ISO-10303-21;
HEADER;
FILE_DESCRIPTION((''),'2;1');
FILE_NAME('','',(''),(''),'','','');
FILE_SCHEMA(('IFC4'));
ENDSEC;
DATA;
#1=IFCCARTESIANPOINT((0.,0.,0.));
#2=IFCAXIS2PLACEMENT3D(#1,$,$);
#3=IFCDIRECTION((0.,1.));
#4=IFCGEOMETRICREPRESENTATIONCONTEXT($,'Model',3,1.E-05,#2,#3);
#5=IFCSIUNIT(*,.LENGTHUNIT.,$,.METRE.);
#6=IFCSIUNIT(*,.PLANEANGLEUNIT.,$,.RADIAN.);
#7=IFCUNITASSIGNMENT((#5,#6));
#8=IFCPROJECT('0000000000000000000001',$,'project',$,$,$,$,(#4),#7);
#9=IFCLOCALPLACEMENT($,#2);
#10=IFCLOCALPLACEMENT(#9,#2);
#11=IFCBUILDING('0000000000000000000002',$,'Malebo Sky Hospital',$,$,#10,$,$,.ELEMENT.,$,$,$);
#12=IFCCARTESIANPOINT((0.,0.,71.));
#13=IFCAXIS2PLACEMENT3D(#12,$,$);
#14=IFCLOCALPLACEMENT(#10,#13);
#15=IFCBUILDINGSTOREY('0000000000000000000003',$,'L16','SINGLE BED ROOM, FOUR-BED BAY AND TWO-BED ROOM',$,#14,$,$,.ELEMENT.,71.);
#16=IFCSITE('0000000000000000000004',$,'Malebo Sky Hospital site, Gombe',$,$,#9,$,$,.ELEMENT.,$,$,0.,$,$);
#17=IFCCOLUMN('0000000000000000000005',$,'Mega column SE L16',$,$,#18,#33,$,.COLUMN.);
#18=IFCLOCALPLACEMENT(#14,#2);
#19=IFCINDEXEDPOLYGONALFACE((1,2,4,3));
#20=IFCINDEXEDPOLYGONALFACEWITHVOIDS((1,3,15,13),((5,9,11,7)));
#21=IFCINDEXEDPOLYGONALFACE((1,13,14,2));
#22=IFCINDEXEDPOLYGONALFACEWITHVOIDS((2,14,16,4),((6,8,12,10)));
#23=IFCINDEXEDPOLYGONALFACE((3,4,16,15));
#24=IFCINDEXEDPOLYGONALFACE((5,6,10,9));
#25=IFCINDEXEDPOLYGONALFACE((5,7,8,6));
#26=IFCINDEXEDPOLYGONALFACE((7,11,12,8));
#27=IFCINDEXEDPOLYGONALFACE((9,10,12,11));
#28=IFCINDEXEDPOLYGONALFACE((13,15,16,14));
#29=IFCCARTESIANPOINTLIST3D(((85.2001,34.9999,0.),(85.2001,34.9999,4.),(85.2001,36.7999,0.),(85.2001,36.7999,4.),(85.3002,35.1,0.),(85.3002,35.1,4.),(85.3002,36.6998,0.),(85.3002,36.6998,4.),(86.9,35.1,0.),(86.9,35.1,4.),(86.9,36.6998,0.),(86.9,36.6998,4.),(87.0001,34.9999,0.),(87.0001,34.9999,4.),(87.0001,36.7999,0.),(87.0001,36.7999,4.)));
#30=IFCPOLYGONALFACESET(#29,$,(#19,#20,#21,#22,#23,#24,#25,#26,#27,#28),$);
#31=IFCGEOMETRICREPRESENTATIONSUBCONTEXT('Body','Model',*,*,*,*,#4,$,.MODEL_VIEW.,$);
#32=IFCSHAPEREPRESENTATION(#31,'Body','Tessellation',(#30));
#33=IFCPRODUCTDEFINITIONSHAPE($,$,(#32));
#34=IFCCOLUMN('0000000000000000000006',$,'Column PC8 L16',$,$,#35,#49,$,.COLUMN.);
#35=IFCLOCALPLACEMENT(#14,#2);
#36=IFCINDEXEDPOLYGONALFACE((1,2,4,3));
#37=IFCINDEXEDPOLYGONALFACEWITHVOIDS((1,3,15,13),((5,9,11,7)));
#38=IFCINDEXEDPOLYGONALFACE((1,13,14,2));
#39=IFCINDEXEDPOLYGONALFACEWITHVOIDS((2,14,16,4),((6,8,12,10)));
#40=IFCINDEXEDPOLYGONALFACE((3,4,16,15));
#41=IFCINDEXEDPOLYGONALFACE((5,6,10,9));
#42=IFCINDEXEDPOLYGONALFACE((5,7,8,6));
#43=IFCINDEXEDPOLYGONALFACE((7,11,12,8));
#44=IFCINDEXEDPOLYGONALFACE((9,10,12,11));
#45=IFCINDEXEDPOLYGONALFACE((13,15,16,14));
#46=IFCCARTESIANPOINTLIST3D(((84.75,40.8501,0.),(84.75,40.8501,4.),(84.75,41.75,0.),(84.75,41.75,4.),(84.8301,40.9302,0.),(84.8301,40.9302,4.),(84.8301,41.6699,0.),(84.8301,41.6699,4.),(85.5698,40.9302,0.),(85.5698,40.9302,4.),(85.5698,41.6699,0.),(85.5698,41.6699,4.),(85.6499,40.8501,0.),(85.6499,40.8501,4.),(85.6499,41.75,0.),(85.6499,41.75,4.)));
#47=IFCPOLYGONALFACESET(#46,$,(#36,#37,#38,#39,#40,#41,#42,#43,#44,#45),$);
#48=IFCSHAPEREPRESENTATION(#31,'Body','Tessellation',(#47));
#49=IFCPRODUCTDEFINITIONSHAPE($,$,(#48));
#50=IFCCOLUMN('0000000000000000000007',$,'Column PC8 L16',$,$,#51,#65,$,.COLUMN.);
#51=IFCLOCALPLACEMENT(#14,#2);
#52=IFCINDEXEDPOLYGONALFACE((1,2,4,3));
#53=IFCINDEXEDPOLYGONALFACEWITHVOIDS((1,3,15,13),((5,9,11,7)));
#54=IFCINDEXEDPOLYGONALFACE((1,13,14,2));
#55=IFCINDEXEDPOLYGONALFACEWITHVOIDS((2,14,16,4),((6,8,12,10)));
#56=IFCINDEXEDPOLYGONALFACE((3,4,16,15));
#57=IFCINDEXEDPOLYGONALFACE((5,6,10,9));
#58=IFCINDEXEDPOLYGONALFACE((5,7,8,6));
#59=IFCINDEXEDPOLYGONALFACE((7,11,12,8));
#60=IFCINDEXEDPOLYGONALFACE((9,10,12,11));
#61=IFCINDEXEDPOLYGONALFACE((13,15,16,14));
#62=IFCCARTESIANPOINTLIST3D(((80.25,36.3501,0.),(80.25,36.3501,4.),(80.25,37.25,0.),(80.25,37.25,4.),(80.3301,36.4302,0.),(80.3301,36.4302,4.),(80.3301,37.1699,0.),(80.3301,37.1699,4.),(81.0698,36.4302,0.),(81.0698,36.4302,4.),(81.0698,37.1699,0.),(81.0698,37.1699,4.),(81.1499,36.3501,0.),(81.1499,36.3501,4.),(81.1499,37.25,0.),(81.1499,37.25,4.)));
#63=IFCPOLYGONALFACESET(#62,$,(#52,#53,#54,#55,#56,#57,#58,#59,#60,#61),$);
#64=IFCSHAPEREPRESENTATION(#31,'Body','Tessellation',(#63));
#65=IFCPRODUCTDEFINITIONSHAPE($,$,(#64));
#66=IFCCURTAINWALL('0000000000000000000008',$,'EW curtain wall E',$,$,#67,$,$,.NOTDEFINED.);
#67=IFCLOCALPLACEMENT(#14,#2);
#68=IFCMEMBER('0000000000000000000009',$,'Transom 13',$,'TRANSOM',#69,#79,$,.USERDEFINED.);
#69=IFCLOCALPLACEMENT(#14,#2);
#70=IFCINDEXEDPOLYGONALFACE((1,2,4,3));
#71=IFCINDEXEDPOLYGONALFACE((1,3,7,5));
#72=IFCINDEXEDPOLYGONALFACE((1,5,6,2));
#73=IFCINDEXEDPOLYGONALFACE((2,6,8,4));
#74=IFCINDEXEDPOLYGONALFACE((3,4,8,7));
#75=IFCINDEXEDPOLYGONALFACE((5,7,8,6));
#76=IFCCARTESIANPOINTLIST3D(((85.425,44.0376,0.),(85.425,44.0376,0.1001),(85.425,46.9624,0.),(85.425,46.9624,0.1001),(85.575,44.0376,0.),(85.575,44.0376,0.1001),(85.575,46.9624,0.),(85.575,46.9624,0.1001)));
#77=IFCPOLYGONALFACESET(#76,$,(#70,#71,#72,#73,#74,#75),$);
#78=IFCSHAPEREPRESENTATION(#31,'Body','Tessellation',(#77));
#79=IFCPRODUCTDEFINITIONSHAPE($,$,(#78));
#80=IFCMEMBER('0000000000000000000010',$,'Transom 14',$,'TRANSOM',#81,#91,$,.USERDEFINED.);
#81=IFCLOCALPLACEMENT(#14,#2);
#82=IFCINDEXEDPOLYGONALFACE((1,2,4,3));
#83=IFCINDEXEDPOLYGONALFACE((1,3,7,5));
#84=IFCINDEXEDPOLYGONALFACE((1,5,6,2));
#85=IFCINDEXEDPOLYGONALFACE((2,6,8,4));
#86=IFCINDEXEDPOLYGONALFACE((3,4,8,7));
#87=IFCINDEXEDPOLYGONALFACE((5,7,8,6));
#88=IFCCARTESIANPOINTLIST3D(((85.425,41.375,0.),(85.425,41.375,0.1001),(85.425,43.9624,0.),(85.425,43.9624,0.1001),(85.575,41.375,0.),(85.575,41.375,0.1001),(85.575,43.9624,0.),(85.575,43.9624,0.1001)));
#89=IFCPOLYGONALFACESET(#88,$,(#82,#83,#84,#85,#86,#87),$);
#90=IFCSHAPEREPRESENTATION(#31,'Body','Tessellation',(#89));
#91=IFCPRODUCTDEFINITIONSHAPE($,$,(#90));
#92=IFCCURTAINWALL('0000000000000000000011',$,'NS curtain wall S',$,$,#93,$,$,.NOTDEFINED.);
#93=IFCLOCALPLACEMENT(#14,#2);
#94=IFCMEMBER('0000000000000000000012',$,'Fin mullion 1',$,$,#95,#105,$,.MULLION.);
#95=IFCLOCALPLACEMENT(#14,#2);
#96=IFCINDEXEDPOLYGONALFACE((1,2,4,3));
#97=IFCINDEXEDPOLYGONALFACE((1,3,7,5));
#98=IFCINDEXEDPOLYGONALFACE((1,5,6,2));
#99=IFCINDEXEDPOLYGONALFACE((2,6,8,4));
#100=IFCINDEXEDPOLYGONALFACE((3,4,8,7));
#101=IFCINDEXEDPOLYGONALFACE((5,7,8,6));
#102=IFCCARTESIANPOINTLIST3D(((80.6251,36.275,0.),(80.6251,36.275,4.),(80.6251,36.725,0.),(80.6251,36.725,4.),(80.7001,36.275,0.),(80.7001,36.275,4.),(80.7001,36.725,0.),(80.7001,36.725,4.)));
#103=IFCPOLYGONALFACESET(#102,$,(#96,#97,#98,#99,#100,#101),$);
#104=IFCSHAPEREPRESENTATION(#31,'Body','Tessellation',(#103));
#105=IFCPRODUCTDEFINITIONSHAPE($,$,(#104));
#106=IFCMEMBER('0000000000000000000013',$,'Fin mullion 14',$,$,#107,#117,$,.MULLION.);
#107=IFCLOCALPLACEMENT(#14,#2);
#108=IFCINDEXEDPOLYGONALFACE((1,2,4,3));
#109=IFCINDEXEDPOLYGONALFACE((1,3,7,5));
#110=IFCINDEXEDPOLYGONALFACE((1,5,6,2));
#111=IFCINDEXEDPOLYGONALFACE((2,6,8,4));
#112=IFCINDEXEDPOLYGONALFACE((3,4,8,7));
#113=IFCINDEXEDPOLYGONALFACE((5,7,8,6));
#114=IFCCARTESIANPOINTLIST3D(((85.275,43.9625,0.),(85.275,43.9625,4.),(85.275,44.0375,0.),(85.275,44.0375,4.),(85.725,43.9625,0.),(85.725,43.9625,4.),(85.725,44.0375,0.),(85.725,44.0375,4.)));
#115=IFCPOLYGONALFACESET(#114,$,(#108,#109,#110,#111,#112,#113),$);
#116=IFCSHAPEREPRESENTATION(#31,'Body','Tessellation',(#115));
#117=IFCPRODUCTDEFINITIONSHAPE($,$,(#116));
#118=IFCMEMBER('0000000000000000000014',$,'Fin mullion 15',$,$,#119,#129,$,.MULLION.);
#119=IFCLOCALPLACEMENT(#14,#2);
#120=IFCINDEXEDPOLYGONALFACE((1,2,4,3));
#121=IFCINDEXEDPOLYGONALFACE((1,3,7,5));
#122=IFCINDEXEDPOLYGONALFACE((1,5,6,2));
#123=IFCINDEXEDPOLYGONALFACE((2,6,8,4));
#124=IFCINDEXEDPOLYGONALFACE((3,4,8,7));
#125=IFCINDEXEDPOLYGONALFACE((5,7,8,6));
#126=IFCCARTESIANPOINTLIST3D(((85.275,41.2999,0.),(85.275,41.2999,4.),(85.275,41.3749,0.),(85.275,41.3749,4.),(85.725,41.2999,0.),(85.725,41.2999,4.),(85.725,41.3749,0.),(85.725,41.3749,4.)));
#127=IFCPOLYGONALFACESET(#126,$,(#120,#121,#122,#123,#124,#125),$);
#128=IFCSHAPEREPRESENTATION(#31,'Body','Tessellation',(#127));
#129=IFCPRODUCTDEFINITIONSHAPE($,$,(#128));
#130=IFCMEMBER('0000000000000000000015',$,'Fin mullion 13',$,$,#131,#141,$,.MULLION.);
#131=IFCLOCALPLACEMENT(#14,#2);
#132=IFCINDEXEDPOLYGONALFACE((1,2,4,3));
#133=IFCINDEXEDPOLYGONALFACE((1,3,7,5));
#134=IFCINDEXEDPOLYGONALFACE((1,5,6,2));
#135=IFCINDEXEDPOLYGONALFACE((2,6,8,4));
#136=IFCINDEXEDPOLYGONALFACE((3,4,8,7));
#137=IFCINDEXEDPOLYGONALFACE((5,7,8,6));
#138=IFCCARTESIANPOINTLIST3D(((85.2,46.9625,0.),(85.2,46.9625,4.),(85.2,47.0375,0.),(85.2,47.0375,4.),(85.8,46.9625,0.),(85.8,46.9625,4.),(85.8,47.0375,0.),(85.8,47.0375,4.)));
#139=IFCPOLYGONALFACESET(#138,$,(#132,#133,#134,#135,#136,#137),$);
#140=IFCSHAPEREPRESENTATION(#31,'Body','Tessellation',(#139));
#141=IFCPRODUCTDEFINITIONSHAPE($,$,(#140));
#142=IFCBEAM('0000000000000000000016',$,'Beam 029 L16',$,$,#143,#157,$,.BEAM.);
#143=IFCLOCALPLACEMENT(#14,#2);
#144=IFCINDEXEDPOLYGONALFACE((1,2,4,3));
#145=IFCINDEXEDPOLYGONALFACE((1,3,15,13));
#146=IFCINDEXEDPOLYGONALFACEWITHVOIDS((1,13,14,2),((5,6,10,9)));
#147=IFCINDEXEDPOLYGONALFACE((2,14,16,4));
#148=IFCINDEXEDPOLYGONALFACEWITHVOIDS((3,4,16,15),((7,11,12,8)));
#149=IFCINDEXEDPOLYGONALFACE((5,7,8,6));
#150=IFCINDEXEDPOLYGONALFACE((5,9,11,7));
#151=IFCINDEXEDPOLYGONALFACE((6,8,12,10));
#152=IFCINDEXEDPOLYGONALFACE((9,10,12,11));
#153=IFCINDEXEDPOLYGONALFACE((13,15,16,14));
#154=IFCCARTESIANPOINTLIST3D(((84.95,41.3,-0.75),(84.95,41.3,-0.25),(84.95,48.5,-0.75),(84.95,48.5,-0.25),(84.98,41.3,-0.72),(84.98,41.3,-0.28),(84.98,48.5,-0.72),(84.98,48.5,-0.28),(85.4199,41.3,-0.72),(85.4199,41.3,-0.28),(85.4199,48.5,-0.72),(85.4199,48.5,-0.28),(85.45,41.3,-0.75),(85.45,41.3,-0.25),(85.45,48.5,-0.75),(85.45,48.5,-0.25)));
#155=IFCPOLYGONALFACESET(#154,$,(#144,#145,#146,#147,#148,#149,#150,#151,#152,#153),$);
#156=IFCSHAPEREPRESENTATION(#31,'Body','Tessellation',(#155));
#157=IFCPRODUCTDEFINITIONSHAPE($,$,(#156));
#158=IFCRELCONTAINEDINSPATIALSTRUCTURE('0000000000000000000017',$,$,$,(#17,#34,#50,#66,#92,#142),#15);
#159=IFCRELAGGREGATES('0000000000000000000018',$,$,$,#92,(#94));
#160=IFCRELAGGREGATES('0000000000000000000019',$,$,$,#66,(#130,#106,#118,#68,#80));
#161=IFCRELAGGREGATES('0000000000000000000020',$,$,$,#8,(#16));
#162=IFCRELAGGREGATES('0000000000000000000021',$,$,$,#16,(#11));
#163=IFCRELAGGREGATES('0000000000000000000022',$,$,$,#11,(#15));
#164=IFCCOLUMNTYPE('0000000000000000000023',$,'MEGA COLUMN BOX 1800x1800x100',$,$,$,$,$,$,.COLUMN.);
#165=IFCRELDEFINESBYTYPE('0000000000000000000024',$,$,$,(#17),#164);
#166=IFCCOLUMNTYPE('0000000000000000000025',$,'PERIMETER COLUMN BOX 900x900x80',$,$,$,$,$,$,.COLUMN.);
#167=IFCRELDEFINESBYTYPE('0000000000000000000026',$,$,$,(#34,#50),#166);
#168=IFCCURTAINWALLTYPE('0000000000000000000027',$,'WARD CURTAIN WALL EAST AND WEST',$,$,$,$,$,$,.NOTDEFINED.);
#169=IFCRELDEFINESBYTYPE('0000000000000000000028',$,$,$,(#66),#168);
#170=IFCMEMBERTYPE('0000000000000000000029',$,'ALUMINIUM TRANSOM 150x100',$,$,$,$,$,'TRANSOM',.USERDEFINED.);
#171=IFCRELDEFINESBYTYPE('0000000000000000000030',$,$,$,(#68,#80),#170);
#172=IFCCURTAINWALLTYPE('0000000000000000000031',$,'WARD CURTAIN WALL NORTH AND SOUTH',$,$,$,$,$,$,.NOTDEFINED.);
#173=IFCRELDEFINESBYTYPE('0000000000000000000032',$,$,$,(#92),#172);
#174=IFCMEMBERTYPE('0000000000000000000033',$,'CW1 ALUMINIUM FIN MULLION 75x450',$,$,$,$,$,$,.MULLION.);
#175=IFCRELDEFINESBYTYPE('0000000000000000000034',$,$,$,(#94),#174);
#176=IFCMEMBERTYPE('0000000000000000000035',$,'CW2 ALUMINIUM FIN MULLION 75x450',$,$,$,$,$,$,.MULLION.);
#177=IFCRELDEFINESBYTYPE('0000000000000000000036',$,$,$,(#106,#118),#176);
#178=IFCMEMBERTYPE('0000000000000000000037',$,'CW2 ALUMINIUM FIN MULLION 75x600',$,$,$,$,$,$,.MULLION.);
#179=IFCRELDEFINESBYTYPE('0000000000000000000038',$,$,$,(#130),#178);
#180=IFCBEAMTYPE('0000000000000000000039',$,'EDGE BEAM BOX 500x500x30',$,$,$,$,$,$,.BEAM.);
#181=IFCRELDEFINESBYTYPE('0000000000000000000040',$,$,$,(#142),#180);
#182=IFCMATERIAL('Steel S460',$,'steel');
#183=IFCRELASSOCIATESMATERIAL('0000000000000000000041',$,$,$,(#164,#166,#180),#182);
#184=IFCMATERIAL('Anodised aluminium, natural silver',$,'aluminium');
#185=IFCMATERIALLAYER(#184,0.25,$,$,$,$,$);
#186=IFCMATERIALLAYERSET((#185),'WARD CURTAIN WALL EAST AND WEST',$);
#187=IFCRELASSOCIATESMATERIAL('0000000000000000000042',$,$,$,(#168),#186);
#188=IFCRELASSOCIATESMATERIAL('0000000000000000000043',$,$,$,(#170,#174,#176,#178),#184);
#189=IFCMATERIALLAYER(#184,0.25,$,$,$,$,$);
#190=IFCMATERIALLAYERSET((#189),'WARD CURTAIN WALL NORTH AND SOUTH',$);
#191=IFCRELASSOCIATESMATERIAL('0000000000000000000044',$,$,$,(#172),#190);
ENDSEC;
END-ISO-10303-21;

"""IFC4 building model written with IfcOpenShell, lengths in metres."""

from ifc_helpers import new_model, si_unit, direction, frame, origin, origin_2d, place, context, subcontext, project, spatial, rectangle, hollow_rectangle, extrude, material, layer, layer_set, material_profile, profile_set, type_object, element, aggregate, save


model = new_model("IFC4")

# Units and contexts
model_context = context("Model", 3, precision=1e-05, world=origin(), true_north=direction((0.0, 1.0)))
body_context = subcontext(model_context, "Body", "Model", "MODEL_VIEW")
ifc_project = project(units=[si_unit("LENGTHUNIT", "METRE"), si_unit("PLANEANGLEUNIT", "RADIAN")], contexts=[model_context])

# Site, building, storey
site_placement = place(None, origin())
site = spatial("IfcSite", under=ifc_project, at=site_placement, Name="Malebo Sky Hospital site, Gombe", CompositionType="ELEMENT", RefElevation=0.0)
building_placement = place(site_placement, origin())
building = spatial("IfcBuilding", under=site, at=building_placement, Name="Malebo Sky Hospital", CompositionType="ELEMENT")
storey_placement = place(building_placement, frame((0.0, 0.0, 71.0)))
storey = spatial("IfcBuildingStorey", under=building, at=storey_placement, Name="L16", Description="SINGLE BED ROOM, FOUR-BED BAY AND TWO-BED ROOM", CompositionType="ELEMENT", Elevation=71.0)

# Columns
ifc_material_1 = material(Name="Steel S460", Category="steel")
ifc_material_profile_1 = material_profile(ifc_material_1, hollow_rectangle(XDim=1.8, YDim=1.8, WallThickness=0.1001, at=origin_2d()), Name="BOX 1800x1800x100")
ifc_profile_set_1 = profile_set([ifc_material_profile_1], Name="Steel S460")
column_type_1 = type_object("IfcColumnType", Name="MEGA COLUMN BOX 1800x1800x100", PredefinedType="COLUMN", material=ifc_profile_set_1)
column_placement = place(storey_placement, frame((86.1001, 35.8999, 0.0), z_axis=(0.0, 0.0, 1.0), x_axis=(1.0, 0.0, 0.0)))
element("IfcColumn", 1, at=column_placement, inside=storey, type_object=column_type_1, Name="Mega column SE L16", PredefinedType="COLUMN", context=body_context, shape_type="SweptSolid", body=[
    extrude(hollow_rectangle(XDim=1.8, YDim=1.8, WallThickness=0.1001, at=origin_2d()), origin(), (0.0, 0.0, 1.0), 4.0),
])
ifc_material_profile_2 = material_profile(ifc_material_1, hollow_rectangle(XDim=0.8999, YDim=0.8999, WallThickness=0.0801, at=origin_2d()), Name="BOX 900x900x80")
ifc_profile_set_2 = profile_set([ifc_material_profile_2], Name="Steel S460")
column_type_2 = type_object("IfcColumnType", Name="PERIMETER COLUMN BOX 900x900x80", PredefinedType="COLUMN", material=ifc_profile_set_2)
for number, where, z_axis, x_axis, name in (
    (2, (85.2, 41.3, 0.0), (0.0, 0.0, 1.0), (1.0, 0.0, 0.0), "Column PC8 L16"),
    (3, (80.7, 36.8, 0.0), (0.0, 0.0, 1.0), (1.0, 0.0, 0.0), "Column PC8 L16"),
):
    element("IfcColumn", number, at=place(storey_placement, frame(where, z_axis=z_axis, x_axis=x_axis)), inside=storey, type_object=column_type_2, Name=name, PredefinedType="COLUMN", context=body_context, shape_type="SweptSolid", body=[
        extrude(hollow_rectangle(XDim=0.8999, YDim=0.8999, WallThickness=0.0801, at=origin_2d()), origin(), (0.0, 0.0, 1.0), 4.0),
    ])

# Curtain wall, members
ifc_material_2 = material(Name="Anodised aluminium, natural silver", Category="aluminium")
ifc_layer_1 = layer(ifc_material_2, 0.25)
ifc_layer_set_1 = layer_set([ifc_layer_1], Name="WARD CURTAIN WALL EAST AND WEST")
curtain_wall_type_1 = type_object("IfcCurtainWallType", Name="WARD CURTAIN WALL EAST AND WEST", PredefinedType="NOTDEFINED", material=ifc_layer_set_1)
curtain_wall_1_placement = place(storey_placement, origin())
curtain_wall_1 = element("IfcCurtainWall", 4, at=curtain_wall_1_placement, inside=storey, type_object=curtain_wall_type_1, Name="EW curtain wall E", PredefinedType="NOTDEFINED")
ifc_material_profile_3 = material_profile(ifc_material_2, rectangle(XDim=0.1499, YDim=0.1001, at=origin_2d()), Name="ALUMINIUM TRANSOM 150x100")
ifc_profile_set_3 = profile_set([ifc_material_profile_3], Name="Anodised aluminium, natural silver")
member_type_1 = type_object("IfcMemberType", Name="ALUMINIUM TRANSOM 150x100", ElementType="TRANSOM", PredefinedType="USERDEFINED", material=ifc_profile_set_3)
member_1_placement = place(storey_placement, frame((85.5, 46.9624, 0.05), z_axis=(0.0, -1.0, 0.0), x_axis=(1.0, 0.0, 0.0)))
member_1 = element("IfcMember", 5, at=member_1_placement, type_object=member_type_1, Name="Transom 13", ObjectType="TRANSOM", PredefinedType="USERDEFINED", context=body_context, shape_type="SweptSolid", body=[
    extrude(rectangle(XDim=0.1499, YDim=0.1001, at=origin_2d()), origin(), (0.0, 0.0, 1.0), 2.9248),
])
member_2_placement = place(storey_placement, frame((85.5, 43.9624, 0.05), z_axis=(0.0, -1.0, 0.0), x_axis=(1.0, 0.0, 0.0)))
member_2 = element("IfcMember", 6, at=member_2_placement, type_object=member_type_1, Name="Transom 14", ObjectType="TRANSOM", PredefinedType="USERDEFINED", context=body_context, shape_type="SweptSolid", body=[
    extrude(rectangle(XDim=0.1499, YDim=0.1001, at=origin_2d()), origin(), (0.0, 0.0, 1.0), 2.5874),
])

# Curtain wall, member
ifc_layer_2 = layer(ifc_material_2, 0.25)
ifc_layer_set_2 = layer_set([ifc_layer_2], Name="WARD CURTAIN WALL NORTH AND SOUTH")
curtain_wall_type_2 = type_object("IfcCurtainWallType", Name="WARD CURTAIN WALL NORTH AND SOUTH", PredefinedType="NOTDEFINED", material=ifc_layer_set_2)
curtain_wall_2_placement = place(storey_placement, origin())
curtain_wall_2 = element("IfcCurtainWall", 7, at=curtain_wall_2_placement, inside=storey, type_object=curtain_wall_type_2, Name="NS curtain wall S", PredefinedType="NOTDEFINED")
ifc_material_profile_4 = material_profile(ifc_material_2, rectangle(XDim=0.075, YDim=0.45, at=origin_2d()), Name="CW1 ALUMINIUM FIN MULLION 75x450")
ifc_profile_set_4 = profile_set([ifc_material_profile_4], Name="Anodised aluminium, natural silver")
member_type_2 = type_object("IfcMemberType", Name="CW1 ALUMINIUM FIN MULLION 75x450", PredefinedType="MULLION", material=ifc_profile_set_4)
member_3_placement = place(storey_placement, frame((80.6626, 36.5, 0.0), z_axis=(0.0, 0.0, 1.0), x_axis=(-1.0, 0.0, 0.0)))
member_3 = element("IfcMember", 8, at=member_3_placement, type_object=member_type_2, Name="Fin mullion 1", PredefinedType="MULLION", context=body_context, shape_type="SweptSolid", body=[
    extrude(rectangle(XDim=0.075, YDim=0.45, at=origin_2d()), origin(), (0.0, 0.0, 1.0), 4.0),
])
aggregate(curtain_wall_2, [member_3])

# Members
ifc_material_profile_5 = material_profile(ifc_material_2, rectangle(XDim=0.075, YDim=0.45, at=origin_2d()), Name="CW2 ALUMINIUM FIN MULLION 75x450")
ifc_profile_set_5 = profile_set([ifc_material_profile_5], Name="Anodised aluminium, natural silver")
member_type_3 = type_object("IfcMemberType", Name="CW2 ALUMINIUM FIN MULLION 75x450", PredefinedType="MULLION", material=ifc_profile_set_5)
member_4_placement = place(storey_placement, frame((85.5, 44.0, 0.0), z_axis=(0.0, 0.0, 1.0), x_axis=(0.0, -1.0, 0.0)))
member_4 = element("IfcMember", 9, at=member_4_placement, type_object=member_type_3, Name="Fin mullion 14", PredefinedType="MULLION", context=body_context, shape_type="SweptSolid", body=[
    extrude(rectangle(XDim=0.075, YDim=0.45, at=origin_2d()), origin(), (0.0, 0.0, 1.0), 4.0),
])
member_5_placement = place(storey_placement, frame((85.5, 41.3374, 0.0), z_axis=(0.0, 0.0, 1.0), x_axis=(0.0, -1.0, 0.0)))
member_5 = element("IfcMember", 10, at=member_5_placement, type_object=member_type_3, Name="Fin mullion 15", PredefinedType="MULLION", context=body_context, shape_type="SweptSolid", body=[
    extrude(rectangle(XDim=0.075, YDim=0.45, at=origin_2d()), origin(), (0.0, 0.0, 1.0), 4.0),
])
ifc_material_profile_6 = material_profile(ifc_material_2, rectangle(XDim=0.075, YDim=0.6001, at=origin_2d()), Name="CW2 ALUMINIUM FIN MULLION 75x600")
ifc_profile_set_6 = profile_set([ifc_material_profile_6], Name="Anodised aluminium, natural silver")
member_type_4 = type_object("IfcMemberType", Name="CW2 ALUMINIUM FIN MULLION 75x600", PredefinedType="MULLION", material=ifc_profile_set_6)
member_6_placement = place(storey_placement, frame((85.5, 47.0, 0.0), z_axis=(0.0, 0.0, 1.0), x_axis=(0.0, -1.0, 0.0)))
member_6 = element("IfcMember", 11, at=member_6_placement, type_object=member_type_4, Name="Fin mullion 13", PredefinedType="MULLION", context=body_context, shape_type="SweptSolid", body=[
    extrude(rectangle(XDim=0.075, YDim=0.6001, at=origin_2d()), origin(), (0.0, 0.0, 1.0), 4.0),
])

# Beam
ifc_material_profile_7 = material_profile(ifc_material_1, hollow_rectangle(XDim=0.5, YDim=0.5, WallThickness=0.03, at=origin_2d()), Name="BOX 500x500x30")
ifc_profile_set_7 = profile_set([ifc_material_profile_7], Name="Steel S460")
beam_type_1 = type_object("IfcBeamType", Name="EDGE BEAM BOX 500x500x30", PredefinedType="BEAM", material=ifc_profile_set_7)
beam_1_placement = place(storey_placement, frame((85.2, 41.3, -0.5), z_axis=(0.0, 1.0, 0.0), x_axis=(-1.0, 0.0, 0.0)))
element("IfcBeam", 12, at=beam_1_placement, inside=storey, type_object=beam_type_1, Name="Beam 029 L16", PredefinedType="BEAM", context=body_context, shape_type="SweptSolid", body=[
    extrude(hollow_rectangle(XDim=0.5, YDim=0.5, WallThickness=0.03, at=origin_2d()), origin(), (0.0, 0.0, 1.0), 7.2),
])

aggregate(curtain_wall_1, [member_6, member_4, member_5, member_1, member_2])

save(model, "model.ifc")
